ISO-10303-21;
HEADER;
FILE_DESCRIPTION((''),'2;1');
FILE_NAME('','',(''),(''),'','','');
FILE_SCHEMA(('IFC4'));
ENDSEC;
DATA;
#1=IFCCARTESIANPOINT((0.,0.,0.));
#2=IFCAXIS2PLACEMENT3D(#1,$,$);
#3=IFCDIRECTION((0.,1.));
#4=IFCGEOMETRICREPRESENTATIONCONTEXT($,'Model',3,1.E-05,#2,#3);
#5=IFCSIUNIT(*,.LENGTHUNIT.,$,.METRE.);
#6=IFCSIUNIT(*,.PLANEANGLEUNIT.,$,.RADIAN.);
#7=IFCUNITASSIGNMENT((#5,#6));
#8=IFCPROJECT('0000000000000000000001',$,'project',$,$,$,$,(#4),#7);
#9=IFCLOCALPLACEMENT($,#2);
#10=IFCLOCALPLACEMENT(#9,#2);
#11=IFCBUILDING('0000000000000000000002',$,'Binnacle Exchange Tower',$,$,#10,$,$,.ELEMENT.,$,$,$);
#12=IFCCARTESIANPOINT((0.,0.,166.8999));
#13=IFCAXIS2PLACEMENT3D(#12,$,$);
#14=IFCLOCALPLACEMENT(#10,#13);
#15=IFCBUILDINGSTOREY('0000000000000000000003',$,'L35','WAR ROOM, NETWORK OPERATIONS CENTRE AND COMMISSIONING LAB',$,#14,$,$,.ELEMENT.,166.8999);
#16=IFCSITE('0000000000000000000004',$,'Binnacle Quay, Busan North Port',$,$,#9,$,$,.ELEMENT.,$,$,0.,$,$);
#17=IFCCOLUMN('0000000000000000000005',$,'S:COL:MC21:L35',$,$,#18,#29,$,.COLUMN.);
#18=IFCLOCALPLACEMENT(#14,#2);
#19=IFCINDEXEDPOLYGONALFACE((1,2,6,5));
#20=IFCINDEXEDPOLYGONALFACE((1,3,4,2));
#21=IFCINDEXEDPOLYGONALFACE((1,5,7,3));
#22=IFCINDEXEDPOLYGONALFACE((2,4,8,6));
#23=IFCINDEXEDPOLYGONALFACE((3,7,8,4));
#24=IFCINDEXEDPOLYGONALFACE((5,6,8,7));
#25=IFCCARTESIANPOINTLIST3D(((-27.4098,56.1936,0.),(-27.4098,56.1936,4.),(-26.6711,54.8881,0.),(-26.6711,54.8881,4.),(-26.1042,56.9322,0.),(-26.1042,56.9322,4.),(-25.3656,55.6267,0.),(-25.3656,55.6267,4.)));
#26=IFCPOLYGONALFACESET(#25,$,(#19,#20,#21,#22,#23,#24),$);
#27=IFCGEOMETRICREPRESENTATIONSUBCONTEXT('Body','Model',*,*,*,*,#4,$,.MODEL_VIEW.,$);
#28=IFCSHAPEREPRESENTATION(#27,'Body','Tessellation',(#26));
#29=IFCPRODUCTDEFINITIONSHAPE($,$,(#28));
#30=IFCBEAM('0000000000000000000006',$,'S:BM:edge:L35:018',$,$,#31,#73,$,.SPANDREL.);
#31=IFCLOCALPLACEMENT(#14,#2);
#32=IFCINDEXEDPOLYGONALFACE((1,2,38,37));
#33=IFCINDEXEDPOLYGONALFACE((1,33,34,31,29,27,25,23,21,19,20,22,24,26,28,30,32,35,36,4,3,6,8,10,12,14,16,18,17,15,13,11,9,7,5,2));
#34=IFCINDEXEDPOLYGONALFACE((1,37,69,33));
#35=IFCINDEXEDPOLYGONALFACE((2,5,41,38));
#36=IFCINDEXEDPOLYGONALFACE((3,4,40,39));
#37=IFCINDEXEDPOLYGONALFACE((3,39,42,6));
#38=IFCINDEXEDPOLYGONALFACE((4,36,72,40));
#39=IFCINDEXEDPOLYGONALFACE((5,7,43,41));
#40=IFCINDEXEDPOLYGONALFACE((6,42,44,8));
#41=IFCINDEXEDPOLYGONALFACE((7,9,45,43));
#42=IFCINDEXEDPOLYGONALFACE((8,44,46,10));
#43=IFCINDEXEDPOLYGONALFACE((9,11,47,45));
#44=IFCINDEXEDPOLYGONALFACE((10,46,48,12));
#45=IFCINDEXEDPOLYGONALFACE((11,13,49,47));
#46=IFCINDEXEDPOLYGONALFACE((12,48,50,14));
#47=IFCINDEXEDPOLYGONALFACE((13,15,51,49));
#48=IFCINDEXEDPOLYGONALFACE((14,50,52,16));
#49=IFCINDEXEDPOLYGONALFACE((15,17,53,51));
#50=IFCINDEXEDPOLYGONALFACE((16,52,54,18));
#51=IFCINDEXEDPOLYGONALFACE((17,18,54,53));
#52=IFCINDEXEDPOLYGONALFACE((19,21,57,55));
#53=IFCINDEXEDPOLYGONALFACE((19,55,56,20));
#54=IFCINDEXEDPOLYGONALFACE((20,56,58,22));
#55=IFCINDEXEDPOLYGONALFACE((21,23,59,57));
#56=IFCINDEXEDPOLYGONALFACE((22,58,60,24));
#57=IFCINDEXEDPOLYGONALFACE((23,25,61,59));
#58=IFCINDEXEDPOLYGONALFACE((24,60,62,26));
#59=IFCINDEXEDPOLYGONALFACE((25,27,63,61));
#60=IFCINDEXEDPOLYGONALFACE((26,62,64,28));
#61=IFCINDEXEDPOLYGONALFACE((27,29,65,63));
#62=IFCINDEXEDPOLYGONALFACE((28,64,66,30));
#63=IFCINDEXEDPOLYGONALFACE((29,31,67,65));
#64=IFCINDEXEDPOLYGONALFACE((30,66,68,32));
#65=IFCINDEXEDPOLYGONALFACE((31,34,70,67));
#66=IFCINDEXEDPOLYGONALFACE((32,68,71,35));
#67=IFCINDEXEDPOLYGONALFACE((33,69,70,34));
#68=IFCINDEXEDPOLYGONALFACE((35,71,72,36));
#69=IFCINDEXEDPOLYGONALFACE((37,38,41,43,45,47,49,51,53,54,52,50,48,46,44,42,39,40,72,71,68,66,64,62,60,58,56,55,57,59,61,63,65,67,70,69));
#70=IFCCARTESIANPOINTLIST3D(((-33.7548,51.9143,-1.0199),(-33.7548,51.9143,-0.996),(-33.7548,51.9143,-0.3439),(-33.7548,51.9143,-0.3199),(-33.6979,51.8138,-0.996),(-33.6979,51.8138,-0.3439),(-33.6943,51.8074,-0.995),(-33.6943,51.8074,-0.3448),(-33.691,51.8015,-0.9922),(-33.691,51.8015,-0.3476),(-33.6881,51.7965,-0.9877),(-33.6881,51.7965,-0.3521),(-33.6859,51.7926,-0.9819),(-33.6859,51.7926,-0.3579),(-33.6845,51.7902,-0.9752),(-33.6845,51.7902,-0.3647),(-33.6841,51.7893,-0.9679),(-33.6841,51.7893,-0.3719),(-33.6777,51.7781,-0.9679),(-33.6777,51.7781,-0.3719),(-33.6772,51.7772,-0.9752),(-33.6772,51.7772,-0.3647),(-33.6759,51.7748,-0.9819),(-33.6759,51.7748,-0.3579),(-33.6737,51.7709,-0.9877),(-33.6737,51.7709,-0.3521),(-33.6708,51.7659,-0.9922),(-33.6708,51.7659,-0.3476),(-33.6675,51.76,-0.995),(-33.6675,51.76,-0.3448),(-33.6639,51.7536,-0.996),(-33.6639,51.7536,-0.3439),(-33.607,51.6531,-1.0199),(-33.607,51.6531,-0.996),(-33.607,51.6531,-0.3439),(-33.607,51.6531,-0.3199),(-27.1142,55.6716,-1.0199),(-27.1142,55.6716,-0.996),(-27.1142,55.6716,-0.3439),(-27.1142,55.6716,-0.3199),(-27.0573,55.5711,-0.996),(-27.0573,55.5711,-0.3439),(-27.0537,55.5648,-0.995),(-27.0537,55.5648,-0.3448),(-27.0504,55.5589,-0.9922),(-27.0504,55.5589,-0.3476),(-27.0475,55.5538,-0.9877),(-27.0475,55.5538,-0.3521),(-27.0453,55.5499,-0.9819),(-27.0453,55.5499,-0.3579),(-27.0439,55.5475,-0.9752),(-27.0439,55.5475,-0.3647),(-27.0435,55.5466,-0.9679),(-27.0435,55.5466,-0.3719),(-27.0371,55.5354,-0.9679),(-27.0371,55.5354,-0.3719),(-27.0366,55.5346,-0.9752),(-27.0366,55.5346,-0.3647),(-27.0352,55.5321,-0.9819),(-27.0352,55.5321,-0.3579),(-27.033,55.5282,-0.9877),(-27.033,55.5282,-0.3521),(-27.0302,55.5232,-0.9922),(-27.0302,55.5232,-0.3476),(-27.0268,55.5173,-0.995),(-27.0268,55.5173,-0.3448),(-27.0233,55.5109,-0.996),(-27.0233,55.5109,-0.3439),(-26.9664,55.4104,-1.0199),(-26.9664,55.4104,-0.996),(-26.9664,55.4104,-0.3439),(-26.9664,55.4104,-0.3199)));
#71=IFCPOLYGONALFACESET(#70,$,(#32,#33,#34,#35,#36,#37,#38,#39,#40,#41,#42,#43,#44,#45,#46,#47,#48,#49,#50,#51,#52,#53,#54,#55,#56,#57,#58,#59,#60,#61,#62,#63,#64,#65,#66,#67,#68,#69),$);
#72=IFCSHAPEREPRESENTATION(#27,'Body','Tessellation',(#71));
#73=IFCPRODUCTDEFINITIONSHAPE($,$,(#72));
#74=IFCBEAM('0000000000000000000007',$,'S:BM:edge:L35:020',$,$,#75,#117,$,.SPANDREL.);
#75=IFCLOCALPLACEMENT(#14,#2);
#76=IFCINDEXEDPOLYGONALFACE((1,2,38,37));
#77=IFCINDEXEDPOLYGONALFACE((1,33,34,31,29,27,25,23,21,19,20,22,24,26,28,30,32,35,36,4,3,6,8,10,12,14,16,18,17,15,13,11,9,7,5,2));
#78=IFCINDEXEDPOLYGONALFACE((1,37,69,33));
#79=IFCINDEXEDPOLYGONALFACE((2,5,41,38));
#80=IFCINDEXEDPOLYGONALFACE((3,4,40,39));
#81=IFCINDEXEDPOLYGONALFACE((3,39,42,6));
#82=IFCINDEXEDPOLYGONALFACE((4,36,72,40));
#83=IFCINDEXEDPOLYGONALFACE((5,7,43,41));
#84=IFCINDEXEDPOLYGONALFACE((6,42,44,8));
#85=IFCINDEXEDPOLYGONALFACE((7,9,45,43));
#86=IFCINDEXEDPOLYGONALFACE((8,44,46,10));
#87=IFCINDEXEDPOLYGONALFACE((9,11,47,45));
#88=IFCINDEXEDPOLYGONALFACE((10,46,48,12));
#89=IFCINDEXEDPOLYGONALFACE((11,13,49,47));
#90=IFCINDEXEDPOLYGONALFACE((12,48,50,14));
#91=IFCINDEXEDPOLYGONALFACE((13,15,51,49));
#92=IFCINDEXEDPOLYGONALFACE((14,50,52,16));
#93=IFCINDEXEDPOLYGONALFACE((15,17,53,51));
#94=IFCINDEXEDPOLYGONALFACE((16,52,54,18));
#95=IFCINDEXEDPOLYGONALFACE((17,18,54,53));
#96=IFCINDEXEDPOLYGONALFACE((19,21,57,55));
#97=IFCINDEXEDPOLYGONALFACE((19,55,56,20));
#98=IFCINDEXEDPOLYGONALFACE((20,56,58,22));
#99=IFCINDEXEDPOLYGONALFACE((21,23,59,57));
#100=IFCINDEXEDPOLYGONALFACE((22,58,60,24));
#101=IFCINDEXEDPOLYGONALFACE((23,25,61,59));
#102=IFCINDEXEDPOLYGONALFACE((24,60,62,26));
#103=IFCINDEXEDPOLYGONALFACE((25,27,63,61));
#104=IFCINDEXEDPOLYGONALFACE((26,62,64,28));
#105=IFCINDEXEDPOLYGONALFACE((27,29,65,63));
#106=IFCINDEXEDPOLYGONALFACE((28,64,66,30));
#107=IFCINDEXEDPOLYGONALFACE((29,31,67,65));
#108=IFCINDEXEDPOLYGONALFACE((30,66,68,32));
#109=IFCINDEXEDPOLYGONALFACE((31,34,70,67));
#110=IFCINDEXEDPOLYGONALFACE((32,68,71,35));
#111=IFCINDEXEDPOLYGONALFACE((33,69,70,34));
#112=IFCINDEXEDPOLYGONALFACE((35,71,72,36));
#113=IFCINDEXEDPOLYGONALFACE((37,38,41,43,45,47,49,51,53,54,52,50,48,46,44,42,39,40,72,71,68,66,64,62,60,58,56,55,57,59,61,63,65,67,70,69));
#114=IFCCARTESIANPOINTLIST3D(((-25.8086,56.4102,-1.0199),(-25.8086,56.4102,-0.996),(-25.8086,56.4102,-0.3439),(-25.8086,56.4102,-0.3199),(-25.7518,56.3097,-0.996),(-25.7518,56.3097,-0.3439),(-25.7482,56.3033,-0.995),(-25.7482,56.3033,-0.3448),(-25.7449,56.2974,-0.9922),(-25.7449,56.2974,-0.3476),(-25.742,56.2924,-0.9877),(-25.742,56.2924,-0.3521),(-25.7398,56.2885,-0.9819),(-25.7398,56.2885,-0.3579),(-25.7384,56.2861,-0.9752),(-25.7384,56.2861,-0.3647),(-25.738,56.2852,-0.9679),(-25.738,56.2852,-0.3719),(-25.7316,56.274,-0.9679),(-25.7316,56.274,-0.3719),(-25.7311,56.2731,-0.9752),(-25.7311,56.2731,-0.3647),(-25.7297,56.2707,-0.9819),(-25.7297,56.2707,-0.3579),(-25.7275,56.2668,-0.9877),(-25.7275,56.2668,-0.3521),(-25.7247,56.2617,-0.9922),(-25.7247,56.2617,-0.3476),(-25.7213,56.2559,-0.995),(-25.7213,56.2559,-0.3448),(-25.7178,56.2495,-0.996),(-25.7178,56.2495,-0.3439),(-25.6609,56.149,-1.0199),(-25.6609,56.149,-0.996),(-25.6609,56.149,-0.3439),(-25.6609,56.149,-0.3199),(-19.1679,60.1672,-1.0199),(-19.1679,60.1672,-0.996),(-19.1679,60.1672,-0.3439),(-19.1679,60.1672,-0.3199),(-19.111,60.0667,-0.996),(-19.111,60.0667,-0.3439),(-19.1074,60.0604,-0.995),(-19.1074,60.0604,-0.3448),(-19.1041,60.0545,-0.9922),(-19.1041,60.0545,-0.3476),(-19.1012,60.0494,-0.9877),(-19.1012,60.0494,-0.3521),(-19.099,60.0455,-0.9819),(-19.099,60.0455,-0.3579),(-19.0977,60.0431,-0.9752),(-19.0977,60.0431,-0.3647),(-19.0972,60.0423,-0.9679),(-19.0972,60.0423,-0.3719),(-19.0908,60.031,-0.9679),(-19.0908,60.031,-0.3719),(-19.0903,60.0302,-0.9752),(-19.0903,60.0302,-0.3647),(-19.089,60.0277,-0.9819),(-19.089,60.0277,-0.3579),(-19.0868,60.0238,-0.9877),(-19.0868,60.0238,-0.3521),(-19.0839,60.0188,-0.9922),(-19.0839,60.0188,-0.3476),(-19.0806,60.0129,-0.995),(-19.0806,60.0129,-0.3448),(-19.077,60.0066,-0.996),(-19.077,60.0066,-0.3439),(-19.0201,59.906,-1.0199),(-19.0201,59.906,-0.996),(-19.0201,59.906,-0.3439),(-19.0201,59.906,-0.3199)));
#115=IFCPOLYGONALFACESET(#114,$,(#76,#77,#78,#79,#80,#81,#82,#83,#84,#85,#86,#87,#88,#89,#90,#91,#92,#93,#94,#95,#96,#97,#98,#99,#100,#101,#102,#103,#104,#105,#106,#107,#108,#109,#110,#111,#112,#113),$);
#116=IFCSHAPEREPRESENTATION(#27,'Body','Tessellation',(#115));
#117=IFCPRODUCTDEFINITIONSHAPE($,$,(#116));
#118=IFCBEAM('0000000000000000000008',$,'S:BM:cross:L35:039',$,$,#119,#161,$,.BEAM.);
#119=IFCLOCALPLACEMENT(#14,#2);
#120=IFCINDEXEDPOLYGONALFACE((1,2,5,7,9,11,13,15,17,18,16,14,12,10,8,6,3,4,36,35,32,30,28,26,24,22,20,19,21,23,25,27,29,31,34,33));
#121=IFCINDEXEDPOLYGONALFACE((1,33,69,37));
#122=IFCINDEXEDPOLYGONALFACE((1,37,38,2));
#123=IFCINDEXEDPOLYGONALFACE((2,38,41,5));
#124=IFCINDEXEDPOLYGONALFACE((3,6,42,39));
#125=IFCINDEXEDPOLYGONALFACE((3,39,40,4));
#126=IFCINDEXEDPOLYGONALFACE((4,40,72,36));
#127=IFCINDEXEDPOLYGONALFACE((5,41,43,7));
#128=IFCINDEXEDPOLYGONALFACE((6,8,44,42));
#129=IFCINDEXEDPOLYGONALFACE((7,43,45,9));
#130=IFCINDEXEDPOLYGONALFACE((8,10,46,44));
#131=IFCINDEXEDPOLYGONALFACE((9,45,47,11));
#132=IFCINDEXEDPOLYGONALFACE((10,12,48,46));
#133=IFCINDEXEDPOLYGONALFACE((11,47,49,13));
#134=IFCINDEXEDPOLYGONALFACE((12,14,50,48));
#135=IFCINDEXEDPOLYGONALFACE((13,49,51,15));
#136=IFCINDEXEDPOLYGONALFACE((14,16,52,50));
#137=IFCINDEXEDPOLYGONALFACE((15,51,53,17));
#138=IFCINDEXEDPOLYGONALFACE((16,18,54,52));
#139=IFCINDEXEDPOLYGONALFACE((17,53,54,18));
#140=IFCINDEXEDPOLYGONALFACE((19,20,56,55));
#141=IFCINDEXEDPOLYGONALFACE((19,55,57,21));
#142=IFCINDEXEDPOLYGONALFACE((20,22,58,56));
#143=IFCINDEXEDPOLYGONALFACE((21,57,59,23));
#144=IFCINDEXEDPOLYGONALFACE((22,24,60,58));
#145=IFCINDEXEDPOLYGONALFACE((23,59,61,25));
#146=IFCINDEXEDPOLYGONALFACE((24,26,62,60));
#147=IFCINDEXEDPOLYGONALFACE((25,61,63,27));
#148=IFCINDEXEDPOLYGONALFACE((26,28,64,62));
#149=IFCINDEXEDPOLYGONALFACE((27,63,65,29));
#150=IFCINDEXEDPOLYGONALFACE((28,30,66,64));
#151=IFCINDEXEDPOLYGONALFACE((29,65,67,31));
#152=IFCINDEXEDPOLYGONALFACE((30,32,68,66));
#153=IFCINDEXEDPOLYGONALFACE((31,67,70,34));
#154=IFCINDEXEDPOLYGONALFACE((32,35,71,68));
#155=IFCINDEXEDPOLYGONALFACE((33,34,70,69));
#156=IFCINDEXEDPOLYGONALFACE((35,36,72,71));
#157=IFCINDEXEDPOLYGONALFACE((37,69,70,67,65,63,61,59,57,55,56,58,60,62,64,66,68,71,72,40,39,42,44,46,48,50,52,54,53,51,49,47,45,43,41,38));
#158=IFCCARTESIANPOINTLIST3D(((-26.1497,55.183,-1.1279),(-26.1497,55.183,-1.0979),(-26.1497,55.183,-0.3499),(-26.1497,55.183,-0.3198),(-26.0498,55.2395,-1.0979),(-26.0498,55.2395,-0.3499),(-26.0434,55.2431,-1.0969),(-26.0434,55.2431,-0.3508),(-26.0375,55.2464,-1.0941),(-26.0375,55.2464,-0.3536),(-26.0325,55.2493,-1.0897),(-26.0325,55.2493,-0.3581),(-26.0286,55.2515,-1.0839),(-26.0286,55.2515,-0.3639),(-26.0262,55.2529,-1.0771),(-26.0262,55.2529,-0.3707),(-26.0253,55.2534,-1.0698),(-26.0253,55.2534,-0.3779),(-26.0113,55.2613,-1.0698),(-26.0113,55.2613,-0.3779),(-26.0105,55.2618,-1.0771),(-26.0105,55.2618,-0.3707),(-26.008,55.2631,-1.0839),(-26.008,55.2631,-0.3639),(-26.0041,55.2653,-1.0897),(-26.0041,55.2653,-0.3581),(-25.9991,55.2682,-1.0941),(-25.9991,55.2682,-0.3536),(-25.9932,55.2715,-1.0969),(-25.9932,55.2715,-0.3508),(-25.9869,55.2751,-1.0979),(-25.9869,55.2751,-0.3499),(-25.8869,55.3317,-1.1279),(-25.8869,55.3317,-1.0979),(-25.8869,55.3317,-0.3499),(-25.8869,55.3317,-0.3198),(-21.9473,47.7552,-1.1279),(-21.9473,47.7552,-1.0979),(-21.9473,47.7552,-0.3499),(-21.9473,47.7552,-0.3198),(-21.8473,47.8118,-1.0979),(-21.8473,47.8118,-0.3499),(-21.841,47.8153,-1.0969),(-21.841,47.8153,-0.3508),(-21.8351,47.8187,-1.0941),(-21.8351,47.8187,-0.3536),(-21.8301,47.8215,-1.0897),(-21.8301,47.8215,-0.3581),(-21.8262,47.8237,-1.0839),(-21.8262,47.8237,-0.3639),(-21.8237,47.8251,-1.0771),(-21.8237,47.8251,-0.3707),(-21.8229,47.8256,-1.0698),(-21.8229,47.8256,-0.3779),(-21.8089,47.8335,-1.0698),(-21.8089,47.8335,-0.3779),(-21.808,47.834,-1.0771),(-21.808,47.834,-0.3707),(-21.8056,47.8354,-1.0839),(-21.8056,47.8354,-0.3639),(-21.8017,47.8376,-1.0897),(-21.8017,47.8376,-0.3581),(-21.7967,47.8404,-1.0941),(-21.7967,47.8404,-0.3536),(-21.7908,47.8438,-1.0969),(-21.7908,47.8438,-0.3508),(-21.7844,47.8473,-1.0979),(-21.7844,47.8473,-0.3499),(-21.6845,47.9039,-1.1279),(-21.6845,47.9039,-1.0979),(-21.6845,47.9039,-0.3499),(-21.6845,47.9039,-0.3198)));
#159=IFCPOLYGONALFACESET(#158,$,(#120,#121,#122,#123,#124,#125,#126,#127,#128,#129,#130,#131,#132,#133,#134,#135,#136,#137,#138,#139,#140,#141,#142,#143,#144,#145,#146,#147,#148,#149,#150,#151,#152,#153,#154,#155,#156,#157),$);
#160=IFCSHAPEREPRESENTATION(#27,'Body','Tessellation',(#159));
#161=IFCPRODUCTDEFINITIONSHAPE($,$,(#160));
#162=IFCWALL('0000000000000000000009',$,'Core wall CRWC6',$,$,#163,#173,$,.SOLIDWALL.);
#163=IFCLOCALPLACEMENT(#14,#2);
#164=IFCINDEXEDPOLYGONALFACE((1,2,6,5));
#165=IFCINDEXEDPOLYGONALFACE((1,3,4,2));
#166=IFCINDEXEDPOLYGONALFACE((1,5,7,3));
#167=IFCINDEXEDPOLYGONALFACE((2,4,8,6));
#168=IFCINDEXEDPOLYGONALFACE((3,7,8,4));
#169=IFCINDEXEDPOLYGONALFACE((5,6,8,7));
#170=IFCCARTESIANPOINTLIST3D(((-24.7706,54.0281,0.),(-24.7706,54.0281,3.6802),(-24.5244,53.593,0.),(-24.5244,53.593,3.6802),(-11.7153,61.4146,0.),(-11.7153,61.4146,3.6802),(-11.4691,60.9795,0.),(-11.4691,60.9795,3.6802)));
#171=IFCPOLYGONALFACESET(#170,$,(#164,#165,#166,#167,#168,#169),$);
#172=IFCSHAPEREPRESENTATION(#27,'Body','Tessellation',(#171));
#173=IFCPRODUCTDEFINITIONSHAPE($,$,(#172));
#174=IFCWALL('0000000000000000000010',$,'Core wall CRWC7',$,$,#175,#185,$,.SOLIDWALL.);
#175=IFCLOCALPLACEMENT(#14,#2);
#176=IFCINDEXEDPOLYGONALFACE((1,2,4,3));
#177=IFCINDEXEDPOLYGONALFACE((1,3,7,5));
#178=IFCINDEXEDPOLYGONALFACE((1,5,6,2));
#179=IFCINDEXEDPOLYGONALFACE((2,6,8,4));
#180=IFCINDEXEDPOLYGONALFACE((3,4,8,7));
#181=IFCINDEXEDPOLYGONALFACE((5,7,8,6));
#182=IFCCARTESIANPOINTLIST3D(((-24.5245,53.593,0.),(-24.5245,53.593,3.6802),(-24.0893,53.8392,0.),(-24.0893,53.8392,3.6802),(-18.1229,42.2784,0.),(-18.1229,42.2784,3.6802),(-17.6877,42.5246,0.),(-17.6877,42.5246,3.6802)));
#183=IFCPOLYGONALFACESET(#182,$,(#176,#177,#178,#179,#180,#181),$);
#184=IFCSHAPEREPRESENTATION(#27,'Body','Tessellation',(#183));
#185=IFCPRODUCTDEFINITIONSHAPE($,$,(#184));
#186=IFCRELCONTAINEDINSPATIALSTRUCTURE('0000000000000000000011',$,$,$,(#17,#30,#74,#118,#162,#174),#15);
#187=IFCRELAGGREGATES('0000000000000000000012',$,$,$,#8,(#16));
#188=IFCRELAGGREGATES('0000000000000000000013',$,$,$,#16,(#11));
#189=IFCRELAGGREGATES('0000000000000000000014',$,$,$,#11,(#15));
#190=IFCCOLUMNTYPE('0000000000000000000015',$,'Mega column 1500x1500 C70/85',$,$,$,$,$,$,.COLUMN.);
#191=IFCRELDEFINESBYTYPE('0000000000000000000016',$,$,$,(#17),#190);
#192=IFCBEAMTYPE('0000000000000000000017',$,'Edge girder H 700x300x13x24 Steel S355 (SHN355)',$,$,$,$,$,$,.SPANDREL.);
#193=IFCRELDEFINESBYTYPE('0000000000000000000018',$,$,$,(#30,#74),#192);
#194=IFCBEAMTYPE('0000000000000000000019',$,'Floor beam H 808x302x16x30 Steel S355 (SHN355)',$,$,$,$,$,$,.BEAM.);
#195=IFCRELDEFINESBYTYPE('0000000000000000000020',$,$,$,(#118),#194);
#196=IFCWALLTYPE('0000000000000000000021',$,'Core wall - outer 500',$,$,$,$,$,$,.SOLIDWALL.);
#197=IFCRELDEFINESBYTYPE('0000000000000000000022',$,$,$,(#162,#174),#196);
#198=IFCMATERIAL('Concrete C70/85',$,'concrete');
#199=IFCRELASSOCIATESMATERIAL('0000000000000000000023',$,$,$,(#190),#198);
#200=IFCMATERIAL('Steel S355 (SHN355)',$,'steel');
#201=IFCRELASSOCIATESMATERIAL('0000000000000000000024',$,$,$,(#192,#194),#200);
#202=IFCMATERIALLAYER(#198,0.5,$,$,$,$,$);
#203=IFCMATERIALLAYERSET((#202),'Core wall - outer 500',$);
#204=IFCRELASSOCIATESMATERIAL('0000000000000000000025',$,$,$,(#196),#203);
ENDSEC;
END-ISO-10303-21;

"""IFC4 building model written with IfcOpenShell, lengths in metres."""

from ifc_helpers import new_model, si_unit, direction, frame, frame_2d, origin, origin_2d, place, context, subcontext, project, spatial, rectangle, i_section, extrude, material, layer, layer_set, material_profile, profile_set, type_object, element, save


model = new_model("IFC4")

# Units and contexts
model_context = context("Model", 3, precision=1e-05, world=origin(), true_north=direction((0.0, 1.0)))
body_context = subcontext(model_context, "Body", "Model", "MODEL_VIEW")
ifc_project = project(units=[si_unit("LENGTHUNIT", "METRE"), si_unit("PLANEANGLEUNIT", "RADIAN")], contexts=[model_context])

# Site, building, storey
site_placement = place(None, origin())
site = spatial("IfcSite", under=ifc_project, at=site_placement, Name="Binnacle Quay, Busan North Port", CompositionType="ELEMENT", RefElevation=0.0)
building_placement = place(site_placement, origin())
building = spatial("IfcBuilding", under=site, at=building_placement, Name="Binnacle Exchange Tower", CompositionType="ELEMENT")
storey_placement = place(building_placement, frame((0.0, 0.0, 166.8999)))
storey = spatial("IfcBuildingStorey", under=building, at=storey_placement, Name="L35", Description="WAR ROOM, NETWORK OPERATIONS CENTRE AND COMMISSIONING LAB", CompositionType="ELEMENT", Elevation=166.8999)

# Column
ifc_material_1 = material(Name="Concrete C70/85", Category="concrete")
ifc_material_profile_1 = material_profile(ifc_material_1, rectangle(XDim=1.5, YDim=1.5, at=origin_2d()), Name="Mega column 1500x1500 C70/85")
ifc_profile_set_1 = profile_set([ifc_material_profile_1], Name="Concrete C70/85")
column_type = type_object("IfcColumnType", Name="Mega column 1500x1500 C70/85", PredefinedType="COLUMN", material=ifc_profile_set_1)
column_placement = place(storey_placement, frame((-26.3877, 55.9102, 0.0), z_axis=(0.0, 0.0, 1.0), x_axis=(-0.870356, -0.492424, 0.0)))
element("IfcColumn", 1, at=column_placement, inside=storey, type_object=column_type, Name="S:COL:MC21:L35", PredefinedType="COLUMN", context=body_context, shape_type="SweptSolid", body=[
    extrude(rectangle(XDim=1.5, YDim=1.5, at=origin_2d()), origin(), (0.0, 0.0, 1.0), 4.0),
])

# Beams
ifc_material_2 = material(Name="Steel S355 (SHN355)", Category="steel")
ifc_material_profile_2 = material_profile(ifc_material_2, i_section(OverallWidth=0.3, OverallDepth=0.7, WebThickness=0.0129, FlangeThickness=0.0239, FilletRadius=0.0281, at=origin_2d()), Name="H 700x300x13x24")
ifc_profile_set_2 = profile_set([ifc_material_profile_2], Name="Steel S355 (SHN355)")
beam_type_1 = type_object("IfcBeamType", Name="Edge girder H 700x300x13x24 Steel S355 (SHN355)", PredefinedType="SPANDREL", material=ifc_profile_set_2)
for number, where, z_axis, x_axis, name in (
    (2, (-27.0403, 55.541, -0.6699), (-0.870342, -0.492447, 0.0), (0.492447, -0.870342, 0.0), "S:BM:edge:L35:018"),
    (3, (-19.094, 60.0366, -0.6699), (-0.870364, -0.492409, 0.0), (0.492409, -0.870364, 0.0), "S:BM:edge:L35:020"),
):
    element("IfcBeam", number, at=place(storey_placement, frame(where, z_axis=z_axis, x_axis=x_axis)), inside=storey, type_object=beam_type_1, Name=name, PredefinedType="SPANDREL", context=body_context, shape_type="SweptSolid", body=[
        extrude(i_section(OverallWidth=0.3, OverallDepth=0.7, WebThickness=0.0129, FlangeThickness=0.0239, FilletRadius=0.0281, at=origin_2d()), origin(), (0.0, 0.0, 1.0), 7.6299),
    ])
ifc_material_profile_3 = material_profile(ifc_material_2, i_section(OverallWidth=0.302, OverallDepth=0.8081, WebThickness=0.0161, FlangeThickness=0.03, FilletRadius=0.0281, at=origin_2d()), Name="H 808x302x16x30")
ifc_profile_set_3 = profile_set([ifc_material_profile_3], Name="Steel S355 (SHN355)")
beam_type_2 = type_object("IfcBeamType", Name="Floor beam H 808x302x16x30 Steel S355 (SHN355)", PredefinedType="BEAM", material=ifc_profile_set_3)
beam_placement = place(storey_placement, frame((-26.0183, 55.2573, -0.7239), z_axis=(0.492422, -0.870357, 0.0), x_axis=(0.870357, 0.492422, 0.0)))
element("IfcBeam", 4, at=beam_placement, inside=storey, type_object=beam_type_2, Name="S:BM:cross:L35:039", PredefinedType="BEAM", context=body_context, shape_type="SweptSolid", body=[
    extrude(i_section(OverallWidth=0.302, OverallDepth=0.8081, WebThickness=0.0161, FlangeThickness=0.03, FilletRadius=0.0281, at=origin_2d()), origin(), (0.0, 0.0, 1.0), 8.5342),
])

# Walls
ifc_layer_1 = layer(ifc_material_1, 0.5)
ifc_layer_set_1 = layer_set([ifc_layer_1], Name="Core wall - outer 500")
wall_type_1 = type_object("IfcWallType", Name="Core wall - outer 500", PredefinedType="SOLIDWALL", material=ifc_layer_set_1)
wall_1_placement = place(storey_placement, frame((-24.6475, 53.8105, 0.0), z_axis=(0.0, 0.0, 1.0), x_axis=(0.87035, 0.492434, 0.0)))
element("IfcWall", 5, at=wall_1_placement, inside=storey, type_object=wall_type_1, Name="Core wall CRWC6", PredefinedType="SOLIDWALL", context=body_context, shape_type="SweptSolid", body=[
    extrude(rectangle(XDim=15.0, YDim=0.5, at=frame_2d((7.5, 0.0))), origin(), (0.0, 0.0, 1.0), 3.6802),
])
wall_2_placement = place(storey_placement, frame((-24.3069, 53.7161, 0.0), z_axis=(0.0, 0.0, 1.0), x_axis=(0.492427, -0.870354, 0.0)))
element("IfcWall", 6, at=wall_2_placement, inside=storey, type_object=wall_type_1, Name="Core wall CRWC7", PredefinedType="SOLIDWALL", context=body_context, shape_type="SweptSolid", body=[
    extrude(rectangle(XDim=13.0, YDim=0.5, at=frame_2d((6.5, 0.0))), origin(), (0.0, 0.0, 1.0), 3.6802),
])

save(model, "model.ifc")
